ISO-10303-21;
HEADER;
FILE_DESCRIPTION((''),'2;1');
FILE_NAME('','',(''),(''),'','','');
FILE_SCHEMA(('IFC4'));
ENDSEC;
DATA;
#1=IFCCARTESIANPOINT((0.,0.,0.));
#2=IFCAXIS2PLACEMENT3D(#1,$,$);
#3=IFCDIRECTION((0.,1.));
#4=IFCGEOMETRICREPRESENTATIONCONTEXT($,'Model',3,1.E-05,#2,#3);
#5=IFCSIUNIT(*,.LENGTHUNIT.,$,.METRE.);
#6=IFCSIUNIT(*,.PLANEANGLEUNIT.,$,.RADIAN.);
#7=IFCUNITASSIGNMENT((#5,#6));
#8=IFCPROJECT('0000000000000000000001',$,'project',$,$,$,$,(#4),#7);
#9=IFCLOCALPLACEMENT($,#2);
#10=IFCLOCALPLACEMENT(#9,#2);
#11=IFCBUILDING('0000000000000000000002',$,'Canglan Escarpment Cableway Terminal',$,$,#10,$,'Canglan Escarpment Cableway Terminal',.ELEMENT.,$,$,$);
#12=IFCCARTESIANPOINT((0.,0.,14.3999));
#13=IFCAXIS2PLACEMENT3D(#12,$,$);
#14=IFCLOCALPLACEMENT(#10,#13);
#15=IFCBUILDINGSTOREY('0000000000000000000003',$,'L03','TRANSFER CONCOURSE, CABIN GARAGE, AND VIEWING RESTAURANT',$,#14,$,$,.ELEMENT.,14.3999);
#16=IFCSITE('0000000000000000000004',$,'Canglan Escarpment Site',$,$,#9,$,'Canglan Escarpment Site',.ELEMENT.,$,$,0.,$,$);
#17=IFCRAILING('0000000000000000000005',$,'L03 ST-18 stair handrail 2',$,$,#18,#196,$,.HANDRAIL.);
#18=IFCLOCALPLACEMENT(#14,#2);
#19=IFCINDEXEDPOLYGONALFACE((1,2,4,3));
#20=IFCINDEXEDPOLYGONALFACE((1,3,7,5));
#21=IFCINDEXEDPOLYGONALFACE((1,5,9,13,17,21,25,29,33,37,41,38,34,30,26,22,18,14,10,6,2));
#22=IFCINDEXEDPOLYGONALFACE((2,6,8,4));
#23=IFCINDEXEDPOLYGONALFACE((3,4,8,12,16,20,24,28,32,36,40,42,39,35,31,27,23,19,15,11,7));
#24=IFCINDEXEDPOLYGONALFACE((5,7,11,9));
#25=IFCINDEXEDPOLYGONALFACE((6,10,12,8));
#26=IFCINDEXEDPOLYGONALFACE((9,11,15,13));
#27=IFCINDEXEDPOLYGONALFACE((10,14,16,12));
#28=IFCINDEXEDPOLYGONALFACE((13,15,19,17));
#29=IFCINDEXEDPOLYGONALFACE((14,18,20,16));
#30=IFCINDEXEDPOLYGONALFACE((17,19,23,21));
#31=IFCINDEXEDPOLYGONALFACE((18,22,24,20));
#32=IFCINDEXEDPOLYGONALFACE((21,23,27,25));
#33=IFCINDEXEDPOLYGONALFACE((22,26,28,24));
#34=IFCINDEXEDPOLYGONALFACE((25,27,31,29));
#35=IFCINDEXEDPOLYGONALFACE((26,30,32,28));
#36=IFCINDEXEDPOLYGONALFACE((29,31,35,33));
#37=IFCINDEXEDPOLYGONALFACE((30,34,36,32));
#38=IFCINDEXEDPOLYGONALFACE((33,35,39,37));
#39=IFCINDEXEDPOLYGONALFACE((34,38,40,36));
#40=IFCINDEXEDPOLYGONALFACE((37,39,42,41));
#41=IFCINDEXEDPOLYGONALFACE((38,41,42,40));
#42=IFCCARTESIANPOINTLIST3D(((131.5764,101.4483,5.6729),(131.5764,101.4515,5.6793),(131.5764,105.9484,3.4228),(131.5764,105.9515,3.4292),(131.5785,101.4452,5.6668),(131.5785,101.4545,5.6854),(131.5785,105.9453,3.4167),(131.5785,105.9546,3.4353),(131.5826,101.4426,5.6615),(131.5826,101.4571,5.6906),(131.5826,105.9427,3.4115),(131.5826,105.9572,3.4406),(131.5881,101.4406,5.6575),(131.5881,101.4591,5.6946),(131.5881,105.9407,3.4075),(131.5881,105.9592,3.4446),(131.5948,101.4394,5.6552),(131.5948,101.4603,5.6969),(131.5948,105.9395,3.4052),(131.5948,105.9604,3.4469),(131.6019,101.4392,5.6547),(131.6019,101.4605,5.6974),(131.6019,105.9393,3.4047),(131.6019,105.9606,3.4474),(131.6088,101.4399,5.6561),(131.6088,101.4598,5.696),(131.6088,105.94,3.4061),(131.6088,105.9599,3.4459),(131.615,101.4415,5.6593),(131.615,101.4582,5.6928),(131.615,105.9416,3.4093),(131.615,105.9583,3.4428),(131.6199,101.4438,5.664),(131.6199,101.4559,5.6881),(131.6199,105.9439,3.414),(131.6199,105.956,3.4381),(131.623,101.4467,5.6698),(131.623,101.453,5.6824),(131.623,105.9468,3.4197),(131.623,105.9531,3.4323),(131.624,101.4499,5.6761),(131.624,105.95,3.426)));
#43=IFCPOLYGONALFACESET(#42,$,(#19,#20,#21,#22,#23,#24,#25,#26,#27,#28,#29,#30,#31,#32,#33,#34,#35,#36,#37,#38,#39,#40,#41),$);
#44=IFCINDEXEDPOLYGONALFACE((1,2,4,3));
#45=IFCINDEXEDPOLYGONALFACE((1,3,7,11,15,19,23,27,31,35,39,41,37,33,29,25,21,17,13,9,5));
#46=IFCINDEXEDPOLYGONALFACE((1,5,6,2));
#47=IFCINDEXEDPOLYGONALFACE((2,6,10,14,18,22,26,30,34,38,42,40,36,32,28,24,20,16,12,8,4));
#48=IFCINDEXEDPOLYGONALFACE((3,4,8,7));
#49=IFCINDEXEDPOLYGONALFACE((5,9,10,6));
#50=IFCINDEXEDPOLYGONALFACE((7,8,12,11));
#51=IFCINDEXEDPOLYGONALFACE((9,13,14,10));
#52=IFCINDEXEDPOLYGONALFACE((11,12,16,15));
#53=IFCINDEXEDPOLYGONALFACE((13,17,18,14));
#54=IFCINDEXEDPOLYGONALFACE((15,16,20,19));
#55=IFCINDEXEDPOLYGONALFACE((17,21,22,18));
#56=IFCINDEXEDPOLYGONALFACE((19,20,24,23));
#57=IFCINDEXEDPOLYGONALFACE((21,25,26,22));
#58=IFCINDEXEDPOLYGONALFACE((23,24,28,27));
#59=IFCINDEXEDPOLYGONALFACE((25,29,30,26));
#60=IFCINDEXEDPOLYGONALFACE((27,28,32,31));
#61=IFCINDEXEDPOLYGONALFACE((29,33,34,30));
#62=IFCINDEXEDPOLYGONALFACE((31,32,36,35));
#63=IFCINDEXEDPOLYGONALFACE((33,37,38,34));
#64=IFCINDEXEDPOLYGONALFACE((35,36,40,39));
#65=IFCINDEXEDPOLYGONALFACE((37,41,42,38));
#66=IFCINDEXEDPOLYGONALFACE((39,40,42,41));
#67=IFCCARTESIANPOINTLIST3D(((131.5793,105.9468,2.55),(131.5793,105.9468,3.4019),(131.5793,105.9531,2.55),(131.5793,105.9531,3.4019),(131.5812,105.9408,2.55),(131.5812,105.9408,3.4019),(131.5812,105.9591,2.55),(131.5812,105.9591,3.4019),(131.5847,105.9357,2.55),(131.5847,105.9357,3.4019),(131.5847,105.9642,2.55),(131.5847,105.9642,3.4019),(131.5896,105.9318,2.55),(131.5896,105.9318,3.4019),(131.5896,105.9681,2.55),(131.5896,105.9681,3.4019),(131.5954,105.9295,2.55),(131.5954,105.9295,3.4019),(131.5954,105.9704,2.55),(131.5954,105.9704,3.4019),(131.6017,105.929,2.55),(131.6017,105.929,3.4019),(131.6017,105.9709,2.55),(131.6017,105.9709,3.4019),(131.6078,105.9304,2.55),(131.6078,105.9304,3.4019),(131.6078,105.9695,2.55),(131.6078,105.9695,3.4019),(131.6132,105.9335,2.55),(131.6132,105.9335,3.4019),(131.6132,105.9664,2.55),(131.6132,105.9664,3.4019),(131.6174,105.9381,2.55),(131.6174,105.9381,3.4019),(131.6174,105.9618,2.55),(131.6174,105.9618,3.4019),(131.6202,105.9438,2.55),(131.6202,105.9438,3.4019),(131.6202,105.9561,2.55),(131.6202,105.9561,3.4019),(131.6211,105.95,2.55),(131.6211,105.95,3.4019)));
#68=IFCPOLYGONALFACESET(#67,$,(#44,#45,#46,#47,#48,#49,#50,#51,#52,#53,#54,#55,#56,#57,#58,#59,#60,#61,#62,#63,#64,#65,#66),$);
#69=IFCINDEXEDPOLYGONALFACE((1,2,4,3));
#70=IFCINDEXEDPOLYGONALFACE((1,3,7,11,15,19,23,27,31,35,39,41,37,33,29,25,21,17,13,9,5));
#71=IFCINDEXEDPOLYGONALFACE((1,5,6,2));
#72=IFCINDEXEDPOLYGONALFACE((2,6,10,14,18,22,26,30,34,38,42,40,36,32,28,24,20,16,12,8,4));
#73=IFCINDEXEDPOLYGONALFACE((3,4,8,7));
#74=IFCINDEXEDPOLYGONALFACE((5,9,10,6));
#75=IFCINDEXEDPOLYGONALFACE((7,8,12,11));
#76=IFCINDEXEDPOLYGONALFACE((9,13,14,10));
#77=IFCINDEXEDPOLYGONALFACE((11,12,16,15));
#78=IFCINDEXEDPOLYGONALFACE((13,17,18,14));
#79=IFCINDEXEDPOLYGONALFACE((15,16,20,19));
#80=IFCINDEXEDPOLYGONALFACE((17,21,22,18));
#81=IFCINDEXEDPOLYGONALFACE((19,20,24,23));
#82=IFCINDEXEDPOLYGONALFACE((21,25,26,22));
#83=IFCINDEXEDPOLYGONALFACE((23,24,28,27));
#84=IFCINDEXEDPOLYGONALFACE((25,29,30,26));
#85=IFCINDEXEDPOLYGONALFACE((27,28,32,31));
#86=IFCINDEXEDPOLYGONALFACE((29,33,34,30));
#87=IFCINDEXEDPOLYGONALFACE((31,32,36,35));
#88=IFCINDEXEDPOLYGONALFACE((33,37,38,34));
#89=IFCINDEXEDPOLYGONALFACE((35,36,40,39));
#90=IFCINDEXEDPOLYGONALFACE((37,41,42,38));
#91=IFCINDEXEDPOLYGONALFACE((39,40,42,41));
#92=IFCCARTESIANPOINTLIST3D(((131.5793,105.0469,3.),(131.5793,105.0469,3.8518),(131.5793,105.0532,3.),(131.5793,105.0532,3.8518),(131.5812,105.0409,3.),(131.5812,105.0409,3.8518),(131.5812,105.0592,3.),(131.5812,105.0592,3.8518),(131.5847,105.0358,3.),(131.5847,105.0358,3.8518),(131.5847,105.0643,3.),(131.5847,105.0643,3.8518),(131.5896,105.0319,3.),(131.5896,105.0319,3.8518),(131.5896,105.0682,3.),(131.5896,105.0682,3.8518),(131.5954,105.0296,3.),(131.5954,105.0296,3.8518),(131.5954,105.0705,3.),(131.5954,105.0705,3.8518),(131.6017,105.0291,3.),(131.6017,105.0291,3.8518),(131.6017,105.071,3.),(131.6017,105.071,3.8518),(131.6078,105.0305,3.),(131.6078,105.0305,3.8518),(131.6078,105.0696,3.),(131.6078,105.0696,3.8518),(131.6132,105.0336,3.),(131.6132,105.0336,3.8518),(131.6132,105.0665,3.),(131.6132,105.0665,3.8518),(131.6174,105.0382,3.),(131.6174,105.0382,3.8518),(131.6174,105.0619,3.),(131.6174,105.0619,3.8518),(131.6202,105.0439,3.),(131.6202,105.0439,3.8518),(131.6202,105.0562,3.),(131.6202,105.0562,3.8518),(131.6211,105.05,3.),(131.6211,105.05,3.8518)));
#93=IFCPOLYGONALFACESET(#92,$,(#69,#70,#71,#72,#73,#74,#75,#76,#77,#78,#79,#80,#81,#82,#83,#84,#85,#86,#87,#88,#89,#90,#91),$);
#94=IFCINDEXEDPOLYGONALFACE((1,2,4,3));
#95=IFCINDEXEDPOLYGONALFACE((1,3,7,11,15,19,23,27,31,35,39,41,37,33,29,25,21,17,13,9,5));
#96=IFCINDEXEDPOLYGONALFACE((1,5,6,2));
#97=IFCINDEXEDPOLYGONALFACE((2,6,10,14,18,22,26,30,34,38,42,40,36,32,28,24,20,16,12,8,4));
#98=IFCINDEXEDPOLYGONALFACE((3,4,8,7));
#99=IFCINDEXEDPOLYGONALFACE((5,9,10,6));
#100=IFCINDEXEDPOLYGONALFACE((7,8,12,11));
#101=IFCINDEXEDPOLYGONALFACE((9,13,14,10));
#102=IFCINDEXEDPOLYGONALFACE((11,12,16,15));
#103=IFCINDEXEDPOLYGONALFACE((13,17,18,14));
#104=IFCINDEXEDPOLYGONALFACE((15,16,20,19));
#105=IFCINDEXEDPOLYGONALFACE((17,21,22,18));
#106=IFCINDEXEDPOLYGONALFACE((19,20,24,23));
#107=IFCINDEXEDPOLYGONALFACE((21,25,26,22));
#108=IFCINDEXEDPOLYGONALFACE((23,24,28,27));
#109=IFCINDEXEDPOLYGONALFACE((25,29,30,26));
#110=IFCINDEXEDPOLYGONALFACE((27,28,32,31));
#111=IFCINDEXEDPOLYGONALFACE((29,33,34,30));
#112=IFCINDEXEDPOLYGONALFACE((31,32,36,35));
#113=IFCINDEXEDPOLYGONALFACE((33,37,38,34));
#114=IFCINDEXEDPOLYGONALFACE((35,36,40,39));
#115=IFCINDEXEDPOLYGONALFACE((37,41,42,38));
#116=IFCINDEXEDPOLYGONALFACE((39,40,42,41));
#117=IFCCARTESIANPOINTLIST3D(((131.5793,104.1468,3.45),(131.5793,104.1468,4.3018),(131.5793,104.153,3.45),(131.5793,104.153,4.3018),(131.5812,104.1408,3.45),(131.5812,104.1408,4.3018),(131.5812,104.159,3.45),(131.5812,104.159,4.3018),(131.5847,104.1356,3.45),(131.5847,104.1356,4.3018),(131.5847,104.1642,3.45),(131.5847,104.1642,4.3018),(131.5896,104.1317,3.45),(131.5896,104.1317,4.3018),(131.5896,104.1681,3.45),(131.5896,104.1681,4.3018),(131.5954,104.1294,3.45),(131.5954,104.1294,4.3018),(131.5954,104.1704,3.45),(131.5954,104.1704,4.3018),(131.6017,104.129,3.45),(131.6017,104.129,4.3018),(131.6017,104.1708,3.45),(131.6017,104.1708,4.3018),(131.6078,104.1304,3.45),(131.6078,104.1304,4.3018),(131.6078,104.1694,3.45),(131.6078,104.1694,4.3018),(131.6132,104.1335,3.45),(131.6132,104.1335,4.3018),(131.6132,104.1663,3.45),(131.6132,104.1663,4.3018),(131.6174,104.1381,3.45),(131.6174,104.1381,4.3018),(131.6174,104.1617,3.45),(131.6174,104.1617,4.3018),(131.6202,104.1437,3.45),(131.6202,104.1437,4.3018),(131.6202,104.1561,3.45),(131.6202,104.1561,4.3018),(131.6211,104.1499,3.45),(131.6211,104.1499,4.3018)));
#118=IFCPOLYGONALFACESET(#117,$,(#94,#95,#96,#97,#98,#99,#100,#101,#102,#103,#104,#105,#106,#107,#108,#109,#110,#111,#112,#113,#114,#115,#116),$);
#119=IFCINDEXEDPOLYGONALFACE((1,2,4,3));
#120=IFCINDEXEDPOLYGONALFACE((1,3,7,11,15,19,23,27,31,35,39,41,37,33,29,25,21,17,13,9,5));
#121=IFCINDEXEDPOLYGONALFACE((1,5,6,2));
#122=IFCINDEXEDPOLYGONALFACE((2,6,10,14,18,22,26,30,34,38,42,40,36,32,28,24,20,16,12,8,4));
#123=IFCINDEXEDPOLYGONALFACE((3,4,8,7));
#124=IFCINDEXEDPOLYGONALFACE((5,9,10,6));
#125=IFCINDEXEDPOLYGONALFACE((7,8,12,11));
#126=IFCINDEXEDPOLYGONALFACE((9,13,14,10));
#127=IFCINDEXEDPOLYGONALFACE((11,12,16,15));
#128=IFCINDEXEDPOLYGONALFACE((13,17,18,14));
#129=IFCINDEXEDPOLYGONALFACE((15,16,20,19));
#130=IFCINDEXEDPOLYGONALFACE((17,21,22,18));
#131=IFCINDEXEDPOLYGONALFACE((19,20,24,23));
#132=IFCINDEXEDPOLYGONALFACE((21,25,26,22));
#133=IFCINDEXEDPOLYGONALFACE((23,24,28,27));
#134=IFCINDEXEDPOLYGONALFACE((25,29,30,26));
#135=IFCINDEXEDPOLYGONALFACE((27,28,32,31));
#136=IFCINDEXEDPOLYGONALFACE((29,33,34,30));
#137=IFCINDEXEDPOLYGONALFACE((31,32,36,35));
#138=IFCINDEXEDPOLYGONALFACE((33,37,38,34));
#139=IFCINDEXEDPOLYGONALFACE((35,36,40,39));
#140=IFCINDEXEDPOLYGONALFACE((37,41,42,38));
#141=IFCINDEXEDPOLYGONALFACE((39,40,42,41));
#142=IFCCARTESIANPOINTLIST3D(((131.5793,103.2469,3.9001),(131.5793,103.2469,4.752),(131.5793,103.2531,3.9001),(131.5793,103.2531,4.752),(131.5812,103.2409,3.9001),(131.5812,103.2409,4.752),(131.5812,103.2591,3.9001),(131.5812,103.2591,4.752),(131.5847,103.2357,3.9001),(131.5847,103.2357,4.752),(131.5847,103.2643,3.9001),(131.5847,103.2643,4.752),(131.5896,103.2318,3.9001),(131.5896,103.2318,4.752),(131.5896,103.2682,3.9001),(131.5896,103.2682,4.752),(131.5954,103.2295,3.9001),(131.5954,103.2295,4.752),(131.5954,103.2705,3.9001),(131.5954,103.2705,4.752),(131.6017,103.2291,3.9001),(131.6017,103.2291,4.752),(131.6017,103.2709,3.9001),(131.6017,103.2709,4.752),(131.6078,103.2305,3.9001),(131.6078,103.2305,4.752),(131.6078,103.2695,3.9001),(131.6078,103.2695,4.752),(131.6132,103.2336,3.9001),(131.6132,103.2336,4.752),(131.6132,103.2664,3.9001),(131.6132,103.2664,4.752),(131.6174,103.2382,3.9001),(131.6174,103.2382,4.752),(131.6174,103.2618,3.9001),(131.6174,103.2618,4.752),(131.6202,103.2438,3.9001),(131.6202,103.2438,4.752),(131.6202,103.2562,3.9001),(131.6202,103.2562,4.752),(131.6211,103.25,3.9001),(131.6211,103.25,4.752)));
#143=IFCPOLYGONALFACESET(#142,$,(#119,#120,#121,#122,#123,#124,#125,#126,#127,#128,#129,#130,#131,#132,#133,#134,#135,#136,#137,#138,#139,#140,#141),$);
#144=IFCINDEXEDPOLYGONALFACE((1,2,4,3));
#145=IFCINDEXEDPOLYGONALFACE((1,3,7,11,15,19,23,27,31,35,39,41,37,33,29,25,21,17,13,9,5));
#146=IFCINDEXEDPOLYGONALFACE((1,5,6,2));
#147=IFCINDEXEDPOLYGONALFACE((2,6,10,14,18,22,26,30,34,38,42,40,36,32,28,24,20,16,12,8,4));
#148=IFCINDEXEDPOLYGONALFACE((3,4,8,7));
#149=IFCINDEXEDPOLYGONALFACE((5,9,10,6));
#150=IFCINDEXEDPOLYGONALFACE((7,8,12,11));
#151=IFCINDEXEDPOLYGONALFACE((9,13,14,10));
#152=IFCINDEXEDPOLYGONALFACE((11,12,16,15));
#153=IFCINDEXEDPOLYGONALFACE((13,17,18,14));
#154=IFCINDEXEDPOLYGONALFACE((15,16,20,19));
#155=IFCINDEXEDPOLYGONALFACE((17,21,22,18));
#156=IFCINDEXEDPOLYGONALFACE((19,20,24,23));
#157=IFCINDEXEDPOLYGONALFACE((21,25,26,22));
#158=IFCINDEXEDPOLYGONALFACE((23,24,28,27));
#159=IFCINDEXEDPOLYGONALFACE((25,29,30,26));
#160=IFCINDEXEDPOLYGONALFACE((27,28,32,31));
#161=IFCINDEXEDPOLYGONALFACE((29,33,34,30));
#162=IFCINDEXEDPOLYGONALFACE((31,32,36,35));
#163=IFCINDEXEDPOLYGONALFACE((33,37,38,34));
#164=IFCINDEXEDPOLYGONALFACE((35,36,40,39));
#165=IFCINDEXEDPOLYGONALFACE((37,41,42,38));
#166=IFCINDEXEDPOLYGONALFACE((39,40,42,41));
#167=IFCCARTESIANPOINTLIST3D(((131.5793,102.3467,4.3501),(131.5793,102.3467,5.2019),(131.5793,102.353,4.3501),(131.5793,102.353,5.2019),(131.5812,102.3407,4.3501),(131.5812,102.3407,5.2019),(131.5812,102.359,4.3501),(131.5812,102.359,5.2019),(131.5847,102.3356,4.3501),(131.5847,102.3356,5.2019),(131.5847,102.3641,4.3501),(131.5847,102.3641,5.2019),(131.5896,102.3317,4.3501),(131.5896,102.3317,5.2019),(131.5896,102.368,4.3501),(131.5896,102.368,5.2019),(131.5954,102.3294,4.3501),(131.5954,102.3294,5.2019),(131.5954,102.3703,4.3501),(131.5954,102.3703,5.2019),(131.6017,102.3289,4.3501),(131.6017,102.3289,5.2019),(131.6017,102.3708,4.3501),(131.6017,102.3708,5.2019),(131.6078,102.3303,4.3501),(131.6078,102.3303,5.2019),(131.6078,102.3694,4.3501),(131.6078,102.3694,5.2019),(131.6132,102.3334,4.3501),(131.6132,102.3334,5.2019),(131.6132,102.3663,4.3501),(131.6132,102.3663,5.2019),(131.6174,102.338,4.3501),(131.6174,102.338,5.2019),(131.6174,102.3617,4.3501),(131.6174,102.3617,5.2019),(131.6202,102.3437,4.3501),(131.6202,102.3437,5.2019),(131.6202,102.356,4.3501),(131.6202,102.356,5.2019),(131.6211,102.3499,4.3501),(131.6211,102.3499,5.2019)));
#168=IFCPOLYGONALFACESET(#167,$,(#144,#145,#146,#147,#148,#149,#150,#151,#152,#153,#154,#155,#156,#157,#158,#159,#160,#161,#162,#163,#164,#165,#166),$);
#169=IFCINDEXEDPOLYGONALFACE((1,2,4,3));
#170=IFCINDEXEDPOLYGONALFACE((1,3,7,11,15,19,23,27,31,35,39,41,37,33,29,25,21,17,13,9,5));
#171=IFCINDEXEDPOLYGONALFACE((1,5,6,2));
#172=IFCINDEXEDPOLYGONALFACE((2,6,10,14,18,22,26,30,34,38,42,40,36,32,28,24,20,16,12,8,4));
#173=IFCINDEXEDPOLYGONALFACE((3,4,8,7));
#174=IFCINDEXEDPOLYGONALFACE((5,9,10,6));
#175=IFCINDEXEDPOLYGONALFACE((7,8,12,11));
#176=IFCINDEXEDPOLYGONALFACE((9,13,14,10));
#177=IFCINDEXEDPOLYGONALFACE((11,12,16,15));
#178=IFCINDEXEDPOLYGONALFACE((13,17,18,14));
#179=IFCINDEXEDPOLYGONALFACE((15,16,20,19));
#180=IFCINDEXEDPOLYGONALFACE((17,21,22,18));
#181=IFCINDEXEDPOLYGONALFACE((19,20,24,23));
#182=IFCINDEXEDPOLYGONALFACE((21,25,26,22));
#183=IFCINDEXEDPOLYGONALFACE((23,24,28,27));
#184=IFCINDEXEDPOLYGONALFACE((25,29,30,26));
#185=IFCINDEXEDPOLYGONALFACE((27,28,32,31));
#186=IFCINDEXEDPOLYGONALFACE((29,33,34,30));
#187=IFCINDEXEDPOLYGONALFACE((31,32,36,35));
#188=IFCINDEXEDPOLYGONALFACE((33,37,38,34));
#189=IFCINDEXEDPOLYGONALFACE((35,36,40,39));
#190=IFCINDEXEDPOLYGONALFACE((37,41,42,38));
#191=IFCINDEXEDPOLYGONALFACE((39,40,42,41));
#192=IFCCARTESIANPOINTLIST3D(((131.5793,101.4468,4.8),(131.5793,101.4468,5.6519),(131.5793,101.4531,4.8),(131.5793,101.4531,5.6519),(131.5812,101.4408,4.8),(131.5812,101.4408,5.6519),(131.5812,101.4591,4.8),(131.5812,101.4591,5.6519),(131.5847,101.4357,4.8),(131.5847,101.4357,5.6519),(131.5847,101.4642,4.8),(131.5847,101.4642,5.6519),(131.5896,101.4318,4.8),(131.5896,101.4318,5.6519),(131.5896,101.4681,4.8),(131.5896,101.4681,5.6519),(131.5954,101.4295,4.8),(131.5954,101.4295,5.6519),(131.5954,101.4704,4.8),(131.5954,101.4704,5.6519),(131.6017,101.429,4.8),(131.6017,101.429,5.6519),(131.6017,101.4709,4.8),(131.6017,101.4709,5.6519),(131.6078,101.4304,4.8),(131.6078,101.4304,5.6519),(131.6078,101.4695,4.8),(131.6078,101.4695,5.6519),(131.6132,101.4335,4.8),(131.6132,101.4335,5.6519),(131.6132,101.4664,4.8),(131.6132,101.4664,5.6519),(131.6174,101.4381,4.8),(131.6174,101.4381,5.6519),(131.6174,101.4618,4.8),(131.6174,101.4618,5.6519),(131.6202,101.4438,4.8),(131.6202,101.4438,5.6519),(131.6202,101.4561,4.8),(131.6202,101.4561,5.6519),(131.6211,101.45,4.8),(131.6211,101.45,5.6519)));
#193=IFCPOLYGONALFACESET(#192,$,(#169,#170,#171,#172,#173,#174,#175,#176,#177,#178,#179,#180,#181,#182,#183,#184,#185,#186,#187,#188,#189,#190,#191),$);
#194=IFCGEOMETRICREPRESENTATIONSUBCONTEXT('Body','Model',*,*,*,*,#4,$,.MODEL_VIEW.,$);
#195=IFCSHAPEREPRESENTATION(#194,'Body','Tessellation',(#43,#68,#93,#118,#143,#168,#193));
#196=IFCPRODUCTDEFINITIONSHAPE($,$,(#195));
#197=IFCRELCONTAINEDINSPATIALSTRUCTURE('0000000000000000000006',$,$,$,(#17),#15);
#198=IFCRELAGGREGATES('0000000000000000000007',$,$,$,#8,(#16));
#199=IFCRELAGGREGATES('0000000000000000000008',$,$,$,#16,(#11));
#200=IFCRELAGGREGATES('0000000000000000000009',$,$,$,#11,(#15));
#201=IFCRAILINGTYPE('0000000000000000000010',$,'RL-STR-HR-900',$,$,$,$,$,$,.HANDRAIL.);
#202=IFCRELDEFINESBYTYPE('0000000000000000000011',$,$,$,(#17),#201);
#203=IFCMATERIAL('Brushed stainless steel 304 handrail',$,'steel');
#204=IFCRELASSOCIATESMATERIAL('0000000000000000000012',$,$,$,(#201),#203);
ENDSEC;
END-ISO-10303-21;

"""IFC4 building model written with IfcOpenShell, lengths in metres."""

from ifc_helpers import new_model, si_unit, direction, frame, origin, origin_2d, place, context, subcontext, project, spatial, circle, extrude, material, type_object, element, save


model = new_model("IFC4")

# Units and contexts
model_context = context("Model", 3, precision=1e-05, world=origin(), true_north=direction((0.0, 1.0)))
body_context = subcontext(model_context, "Body", "Model", "MODEL_VIEW")
ifc_project = project(units=[si_unit("LENGTHUNIT", "METRE"), si_unit("PLANEANGLEUNIT", "RADIAN")], contexts=[model_context])

# Site, building, storey
site_placement = place(None, origin())
site = spatial("IfcSite", under=ifc_project, at=site_placement, Name="Canglan Escarpment Site", LongName="Canglan Escarpment Site", CompositionType="ELEMENT", RefElevation=0.0)
building_placement = place(site_placement, origin())
building = spatial("IfcBuilding", under=site, at=building_placement, Name="Canglan Escarpment Cableway Terminal", LongName="Canglan Escarpment Cableway Terminal", CompositionType="ELEMENT")
storey_placement = place(building_placement, frame((0.0, 0.0, 14.3999)))
storey = spatial("IfcBuildingStorey", under=building, at=storey_placement, Name="L03", Description="TRANSFER CONCOURSE, CABIN GARAGE, AND VIEWING RESTAURANT", CompositionType="ELEMENT", Elevation=14.3999)

# Railing
ifc_material_1 = material(Name="Brushed stainless steel 304 handrail", Category="steel")
railing_type_1 = type_object("IfcRailingType", Name="RL-STR-HR-900", PredefinedType="HANDRAIL", material=ifc_material_1)
railing_1_placement = place(storey_placement, frame((131.6001, 105.95, 2.55)))
element("IfcRailing", 1, at=railing_1_placement, inside=storey, type_object=railing_type_1, Name="L03 ST-18 stair handrail 2", PredefinedType="HANDRAIL", context=body_context, shape_type="SweptSolid", body=[
    extrude(circle(Radius=0.0239, at=origin_2d()), frame((0.0, 0.0, 0.876), z_axis=(0.0, -0.894427, 0.447214), x_axis=(1.0, 0.0, 0.0)), (0.0, 0.0, 1.0), 5.0312),
    extrude(circle(Radius=0.021, at=origin_2d()), origin(), (0.0, 0.0, 1.0), 0.8518),
    extrude(circle(Radius=0.021, at=origin_2d()), frame((0.0, -0.8999, 0.45)), (0.0, 0.0, 1.0), 0.8518),
    extrude(circle(Radius=0.021, at=origin_2d()), frame((0.0, -1.8, 0.8999)), (0.0, 0.0, 1.0), 0.8518),
    extrude(circle(Radius=0.021, at=origin_2d()), frame((0.0, -2.7, 1.3501)), (0.0, 0.0, 1.0), 0.8518),
    extrude(circle(Radius=0.021, at=origin_2d()), frame((0.0, -3.6001, 1.8)), (0.0, 0.0, 1.0), 0.8518),
    extrude(circle(Radius=0.021, at=origin_2d()), frame((0.0, -4.5, 2.25)), (0.0, 0.0, 1.0), 0.8518),
])

save(model, "model.ifc")
